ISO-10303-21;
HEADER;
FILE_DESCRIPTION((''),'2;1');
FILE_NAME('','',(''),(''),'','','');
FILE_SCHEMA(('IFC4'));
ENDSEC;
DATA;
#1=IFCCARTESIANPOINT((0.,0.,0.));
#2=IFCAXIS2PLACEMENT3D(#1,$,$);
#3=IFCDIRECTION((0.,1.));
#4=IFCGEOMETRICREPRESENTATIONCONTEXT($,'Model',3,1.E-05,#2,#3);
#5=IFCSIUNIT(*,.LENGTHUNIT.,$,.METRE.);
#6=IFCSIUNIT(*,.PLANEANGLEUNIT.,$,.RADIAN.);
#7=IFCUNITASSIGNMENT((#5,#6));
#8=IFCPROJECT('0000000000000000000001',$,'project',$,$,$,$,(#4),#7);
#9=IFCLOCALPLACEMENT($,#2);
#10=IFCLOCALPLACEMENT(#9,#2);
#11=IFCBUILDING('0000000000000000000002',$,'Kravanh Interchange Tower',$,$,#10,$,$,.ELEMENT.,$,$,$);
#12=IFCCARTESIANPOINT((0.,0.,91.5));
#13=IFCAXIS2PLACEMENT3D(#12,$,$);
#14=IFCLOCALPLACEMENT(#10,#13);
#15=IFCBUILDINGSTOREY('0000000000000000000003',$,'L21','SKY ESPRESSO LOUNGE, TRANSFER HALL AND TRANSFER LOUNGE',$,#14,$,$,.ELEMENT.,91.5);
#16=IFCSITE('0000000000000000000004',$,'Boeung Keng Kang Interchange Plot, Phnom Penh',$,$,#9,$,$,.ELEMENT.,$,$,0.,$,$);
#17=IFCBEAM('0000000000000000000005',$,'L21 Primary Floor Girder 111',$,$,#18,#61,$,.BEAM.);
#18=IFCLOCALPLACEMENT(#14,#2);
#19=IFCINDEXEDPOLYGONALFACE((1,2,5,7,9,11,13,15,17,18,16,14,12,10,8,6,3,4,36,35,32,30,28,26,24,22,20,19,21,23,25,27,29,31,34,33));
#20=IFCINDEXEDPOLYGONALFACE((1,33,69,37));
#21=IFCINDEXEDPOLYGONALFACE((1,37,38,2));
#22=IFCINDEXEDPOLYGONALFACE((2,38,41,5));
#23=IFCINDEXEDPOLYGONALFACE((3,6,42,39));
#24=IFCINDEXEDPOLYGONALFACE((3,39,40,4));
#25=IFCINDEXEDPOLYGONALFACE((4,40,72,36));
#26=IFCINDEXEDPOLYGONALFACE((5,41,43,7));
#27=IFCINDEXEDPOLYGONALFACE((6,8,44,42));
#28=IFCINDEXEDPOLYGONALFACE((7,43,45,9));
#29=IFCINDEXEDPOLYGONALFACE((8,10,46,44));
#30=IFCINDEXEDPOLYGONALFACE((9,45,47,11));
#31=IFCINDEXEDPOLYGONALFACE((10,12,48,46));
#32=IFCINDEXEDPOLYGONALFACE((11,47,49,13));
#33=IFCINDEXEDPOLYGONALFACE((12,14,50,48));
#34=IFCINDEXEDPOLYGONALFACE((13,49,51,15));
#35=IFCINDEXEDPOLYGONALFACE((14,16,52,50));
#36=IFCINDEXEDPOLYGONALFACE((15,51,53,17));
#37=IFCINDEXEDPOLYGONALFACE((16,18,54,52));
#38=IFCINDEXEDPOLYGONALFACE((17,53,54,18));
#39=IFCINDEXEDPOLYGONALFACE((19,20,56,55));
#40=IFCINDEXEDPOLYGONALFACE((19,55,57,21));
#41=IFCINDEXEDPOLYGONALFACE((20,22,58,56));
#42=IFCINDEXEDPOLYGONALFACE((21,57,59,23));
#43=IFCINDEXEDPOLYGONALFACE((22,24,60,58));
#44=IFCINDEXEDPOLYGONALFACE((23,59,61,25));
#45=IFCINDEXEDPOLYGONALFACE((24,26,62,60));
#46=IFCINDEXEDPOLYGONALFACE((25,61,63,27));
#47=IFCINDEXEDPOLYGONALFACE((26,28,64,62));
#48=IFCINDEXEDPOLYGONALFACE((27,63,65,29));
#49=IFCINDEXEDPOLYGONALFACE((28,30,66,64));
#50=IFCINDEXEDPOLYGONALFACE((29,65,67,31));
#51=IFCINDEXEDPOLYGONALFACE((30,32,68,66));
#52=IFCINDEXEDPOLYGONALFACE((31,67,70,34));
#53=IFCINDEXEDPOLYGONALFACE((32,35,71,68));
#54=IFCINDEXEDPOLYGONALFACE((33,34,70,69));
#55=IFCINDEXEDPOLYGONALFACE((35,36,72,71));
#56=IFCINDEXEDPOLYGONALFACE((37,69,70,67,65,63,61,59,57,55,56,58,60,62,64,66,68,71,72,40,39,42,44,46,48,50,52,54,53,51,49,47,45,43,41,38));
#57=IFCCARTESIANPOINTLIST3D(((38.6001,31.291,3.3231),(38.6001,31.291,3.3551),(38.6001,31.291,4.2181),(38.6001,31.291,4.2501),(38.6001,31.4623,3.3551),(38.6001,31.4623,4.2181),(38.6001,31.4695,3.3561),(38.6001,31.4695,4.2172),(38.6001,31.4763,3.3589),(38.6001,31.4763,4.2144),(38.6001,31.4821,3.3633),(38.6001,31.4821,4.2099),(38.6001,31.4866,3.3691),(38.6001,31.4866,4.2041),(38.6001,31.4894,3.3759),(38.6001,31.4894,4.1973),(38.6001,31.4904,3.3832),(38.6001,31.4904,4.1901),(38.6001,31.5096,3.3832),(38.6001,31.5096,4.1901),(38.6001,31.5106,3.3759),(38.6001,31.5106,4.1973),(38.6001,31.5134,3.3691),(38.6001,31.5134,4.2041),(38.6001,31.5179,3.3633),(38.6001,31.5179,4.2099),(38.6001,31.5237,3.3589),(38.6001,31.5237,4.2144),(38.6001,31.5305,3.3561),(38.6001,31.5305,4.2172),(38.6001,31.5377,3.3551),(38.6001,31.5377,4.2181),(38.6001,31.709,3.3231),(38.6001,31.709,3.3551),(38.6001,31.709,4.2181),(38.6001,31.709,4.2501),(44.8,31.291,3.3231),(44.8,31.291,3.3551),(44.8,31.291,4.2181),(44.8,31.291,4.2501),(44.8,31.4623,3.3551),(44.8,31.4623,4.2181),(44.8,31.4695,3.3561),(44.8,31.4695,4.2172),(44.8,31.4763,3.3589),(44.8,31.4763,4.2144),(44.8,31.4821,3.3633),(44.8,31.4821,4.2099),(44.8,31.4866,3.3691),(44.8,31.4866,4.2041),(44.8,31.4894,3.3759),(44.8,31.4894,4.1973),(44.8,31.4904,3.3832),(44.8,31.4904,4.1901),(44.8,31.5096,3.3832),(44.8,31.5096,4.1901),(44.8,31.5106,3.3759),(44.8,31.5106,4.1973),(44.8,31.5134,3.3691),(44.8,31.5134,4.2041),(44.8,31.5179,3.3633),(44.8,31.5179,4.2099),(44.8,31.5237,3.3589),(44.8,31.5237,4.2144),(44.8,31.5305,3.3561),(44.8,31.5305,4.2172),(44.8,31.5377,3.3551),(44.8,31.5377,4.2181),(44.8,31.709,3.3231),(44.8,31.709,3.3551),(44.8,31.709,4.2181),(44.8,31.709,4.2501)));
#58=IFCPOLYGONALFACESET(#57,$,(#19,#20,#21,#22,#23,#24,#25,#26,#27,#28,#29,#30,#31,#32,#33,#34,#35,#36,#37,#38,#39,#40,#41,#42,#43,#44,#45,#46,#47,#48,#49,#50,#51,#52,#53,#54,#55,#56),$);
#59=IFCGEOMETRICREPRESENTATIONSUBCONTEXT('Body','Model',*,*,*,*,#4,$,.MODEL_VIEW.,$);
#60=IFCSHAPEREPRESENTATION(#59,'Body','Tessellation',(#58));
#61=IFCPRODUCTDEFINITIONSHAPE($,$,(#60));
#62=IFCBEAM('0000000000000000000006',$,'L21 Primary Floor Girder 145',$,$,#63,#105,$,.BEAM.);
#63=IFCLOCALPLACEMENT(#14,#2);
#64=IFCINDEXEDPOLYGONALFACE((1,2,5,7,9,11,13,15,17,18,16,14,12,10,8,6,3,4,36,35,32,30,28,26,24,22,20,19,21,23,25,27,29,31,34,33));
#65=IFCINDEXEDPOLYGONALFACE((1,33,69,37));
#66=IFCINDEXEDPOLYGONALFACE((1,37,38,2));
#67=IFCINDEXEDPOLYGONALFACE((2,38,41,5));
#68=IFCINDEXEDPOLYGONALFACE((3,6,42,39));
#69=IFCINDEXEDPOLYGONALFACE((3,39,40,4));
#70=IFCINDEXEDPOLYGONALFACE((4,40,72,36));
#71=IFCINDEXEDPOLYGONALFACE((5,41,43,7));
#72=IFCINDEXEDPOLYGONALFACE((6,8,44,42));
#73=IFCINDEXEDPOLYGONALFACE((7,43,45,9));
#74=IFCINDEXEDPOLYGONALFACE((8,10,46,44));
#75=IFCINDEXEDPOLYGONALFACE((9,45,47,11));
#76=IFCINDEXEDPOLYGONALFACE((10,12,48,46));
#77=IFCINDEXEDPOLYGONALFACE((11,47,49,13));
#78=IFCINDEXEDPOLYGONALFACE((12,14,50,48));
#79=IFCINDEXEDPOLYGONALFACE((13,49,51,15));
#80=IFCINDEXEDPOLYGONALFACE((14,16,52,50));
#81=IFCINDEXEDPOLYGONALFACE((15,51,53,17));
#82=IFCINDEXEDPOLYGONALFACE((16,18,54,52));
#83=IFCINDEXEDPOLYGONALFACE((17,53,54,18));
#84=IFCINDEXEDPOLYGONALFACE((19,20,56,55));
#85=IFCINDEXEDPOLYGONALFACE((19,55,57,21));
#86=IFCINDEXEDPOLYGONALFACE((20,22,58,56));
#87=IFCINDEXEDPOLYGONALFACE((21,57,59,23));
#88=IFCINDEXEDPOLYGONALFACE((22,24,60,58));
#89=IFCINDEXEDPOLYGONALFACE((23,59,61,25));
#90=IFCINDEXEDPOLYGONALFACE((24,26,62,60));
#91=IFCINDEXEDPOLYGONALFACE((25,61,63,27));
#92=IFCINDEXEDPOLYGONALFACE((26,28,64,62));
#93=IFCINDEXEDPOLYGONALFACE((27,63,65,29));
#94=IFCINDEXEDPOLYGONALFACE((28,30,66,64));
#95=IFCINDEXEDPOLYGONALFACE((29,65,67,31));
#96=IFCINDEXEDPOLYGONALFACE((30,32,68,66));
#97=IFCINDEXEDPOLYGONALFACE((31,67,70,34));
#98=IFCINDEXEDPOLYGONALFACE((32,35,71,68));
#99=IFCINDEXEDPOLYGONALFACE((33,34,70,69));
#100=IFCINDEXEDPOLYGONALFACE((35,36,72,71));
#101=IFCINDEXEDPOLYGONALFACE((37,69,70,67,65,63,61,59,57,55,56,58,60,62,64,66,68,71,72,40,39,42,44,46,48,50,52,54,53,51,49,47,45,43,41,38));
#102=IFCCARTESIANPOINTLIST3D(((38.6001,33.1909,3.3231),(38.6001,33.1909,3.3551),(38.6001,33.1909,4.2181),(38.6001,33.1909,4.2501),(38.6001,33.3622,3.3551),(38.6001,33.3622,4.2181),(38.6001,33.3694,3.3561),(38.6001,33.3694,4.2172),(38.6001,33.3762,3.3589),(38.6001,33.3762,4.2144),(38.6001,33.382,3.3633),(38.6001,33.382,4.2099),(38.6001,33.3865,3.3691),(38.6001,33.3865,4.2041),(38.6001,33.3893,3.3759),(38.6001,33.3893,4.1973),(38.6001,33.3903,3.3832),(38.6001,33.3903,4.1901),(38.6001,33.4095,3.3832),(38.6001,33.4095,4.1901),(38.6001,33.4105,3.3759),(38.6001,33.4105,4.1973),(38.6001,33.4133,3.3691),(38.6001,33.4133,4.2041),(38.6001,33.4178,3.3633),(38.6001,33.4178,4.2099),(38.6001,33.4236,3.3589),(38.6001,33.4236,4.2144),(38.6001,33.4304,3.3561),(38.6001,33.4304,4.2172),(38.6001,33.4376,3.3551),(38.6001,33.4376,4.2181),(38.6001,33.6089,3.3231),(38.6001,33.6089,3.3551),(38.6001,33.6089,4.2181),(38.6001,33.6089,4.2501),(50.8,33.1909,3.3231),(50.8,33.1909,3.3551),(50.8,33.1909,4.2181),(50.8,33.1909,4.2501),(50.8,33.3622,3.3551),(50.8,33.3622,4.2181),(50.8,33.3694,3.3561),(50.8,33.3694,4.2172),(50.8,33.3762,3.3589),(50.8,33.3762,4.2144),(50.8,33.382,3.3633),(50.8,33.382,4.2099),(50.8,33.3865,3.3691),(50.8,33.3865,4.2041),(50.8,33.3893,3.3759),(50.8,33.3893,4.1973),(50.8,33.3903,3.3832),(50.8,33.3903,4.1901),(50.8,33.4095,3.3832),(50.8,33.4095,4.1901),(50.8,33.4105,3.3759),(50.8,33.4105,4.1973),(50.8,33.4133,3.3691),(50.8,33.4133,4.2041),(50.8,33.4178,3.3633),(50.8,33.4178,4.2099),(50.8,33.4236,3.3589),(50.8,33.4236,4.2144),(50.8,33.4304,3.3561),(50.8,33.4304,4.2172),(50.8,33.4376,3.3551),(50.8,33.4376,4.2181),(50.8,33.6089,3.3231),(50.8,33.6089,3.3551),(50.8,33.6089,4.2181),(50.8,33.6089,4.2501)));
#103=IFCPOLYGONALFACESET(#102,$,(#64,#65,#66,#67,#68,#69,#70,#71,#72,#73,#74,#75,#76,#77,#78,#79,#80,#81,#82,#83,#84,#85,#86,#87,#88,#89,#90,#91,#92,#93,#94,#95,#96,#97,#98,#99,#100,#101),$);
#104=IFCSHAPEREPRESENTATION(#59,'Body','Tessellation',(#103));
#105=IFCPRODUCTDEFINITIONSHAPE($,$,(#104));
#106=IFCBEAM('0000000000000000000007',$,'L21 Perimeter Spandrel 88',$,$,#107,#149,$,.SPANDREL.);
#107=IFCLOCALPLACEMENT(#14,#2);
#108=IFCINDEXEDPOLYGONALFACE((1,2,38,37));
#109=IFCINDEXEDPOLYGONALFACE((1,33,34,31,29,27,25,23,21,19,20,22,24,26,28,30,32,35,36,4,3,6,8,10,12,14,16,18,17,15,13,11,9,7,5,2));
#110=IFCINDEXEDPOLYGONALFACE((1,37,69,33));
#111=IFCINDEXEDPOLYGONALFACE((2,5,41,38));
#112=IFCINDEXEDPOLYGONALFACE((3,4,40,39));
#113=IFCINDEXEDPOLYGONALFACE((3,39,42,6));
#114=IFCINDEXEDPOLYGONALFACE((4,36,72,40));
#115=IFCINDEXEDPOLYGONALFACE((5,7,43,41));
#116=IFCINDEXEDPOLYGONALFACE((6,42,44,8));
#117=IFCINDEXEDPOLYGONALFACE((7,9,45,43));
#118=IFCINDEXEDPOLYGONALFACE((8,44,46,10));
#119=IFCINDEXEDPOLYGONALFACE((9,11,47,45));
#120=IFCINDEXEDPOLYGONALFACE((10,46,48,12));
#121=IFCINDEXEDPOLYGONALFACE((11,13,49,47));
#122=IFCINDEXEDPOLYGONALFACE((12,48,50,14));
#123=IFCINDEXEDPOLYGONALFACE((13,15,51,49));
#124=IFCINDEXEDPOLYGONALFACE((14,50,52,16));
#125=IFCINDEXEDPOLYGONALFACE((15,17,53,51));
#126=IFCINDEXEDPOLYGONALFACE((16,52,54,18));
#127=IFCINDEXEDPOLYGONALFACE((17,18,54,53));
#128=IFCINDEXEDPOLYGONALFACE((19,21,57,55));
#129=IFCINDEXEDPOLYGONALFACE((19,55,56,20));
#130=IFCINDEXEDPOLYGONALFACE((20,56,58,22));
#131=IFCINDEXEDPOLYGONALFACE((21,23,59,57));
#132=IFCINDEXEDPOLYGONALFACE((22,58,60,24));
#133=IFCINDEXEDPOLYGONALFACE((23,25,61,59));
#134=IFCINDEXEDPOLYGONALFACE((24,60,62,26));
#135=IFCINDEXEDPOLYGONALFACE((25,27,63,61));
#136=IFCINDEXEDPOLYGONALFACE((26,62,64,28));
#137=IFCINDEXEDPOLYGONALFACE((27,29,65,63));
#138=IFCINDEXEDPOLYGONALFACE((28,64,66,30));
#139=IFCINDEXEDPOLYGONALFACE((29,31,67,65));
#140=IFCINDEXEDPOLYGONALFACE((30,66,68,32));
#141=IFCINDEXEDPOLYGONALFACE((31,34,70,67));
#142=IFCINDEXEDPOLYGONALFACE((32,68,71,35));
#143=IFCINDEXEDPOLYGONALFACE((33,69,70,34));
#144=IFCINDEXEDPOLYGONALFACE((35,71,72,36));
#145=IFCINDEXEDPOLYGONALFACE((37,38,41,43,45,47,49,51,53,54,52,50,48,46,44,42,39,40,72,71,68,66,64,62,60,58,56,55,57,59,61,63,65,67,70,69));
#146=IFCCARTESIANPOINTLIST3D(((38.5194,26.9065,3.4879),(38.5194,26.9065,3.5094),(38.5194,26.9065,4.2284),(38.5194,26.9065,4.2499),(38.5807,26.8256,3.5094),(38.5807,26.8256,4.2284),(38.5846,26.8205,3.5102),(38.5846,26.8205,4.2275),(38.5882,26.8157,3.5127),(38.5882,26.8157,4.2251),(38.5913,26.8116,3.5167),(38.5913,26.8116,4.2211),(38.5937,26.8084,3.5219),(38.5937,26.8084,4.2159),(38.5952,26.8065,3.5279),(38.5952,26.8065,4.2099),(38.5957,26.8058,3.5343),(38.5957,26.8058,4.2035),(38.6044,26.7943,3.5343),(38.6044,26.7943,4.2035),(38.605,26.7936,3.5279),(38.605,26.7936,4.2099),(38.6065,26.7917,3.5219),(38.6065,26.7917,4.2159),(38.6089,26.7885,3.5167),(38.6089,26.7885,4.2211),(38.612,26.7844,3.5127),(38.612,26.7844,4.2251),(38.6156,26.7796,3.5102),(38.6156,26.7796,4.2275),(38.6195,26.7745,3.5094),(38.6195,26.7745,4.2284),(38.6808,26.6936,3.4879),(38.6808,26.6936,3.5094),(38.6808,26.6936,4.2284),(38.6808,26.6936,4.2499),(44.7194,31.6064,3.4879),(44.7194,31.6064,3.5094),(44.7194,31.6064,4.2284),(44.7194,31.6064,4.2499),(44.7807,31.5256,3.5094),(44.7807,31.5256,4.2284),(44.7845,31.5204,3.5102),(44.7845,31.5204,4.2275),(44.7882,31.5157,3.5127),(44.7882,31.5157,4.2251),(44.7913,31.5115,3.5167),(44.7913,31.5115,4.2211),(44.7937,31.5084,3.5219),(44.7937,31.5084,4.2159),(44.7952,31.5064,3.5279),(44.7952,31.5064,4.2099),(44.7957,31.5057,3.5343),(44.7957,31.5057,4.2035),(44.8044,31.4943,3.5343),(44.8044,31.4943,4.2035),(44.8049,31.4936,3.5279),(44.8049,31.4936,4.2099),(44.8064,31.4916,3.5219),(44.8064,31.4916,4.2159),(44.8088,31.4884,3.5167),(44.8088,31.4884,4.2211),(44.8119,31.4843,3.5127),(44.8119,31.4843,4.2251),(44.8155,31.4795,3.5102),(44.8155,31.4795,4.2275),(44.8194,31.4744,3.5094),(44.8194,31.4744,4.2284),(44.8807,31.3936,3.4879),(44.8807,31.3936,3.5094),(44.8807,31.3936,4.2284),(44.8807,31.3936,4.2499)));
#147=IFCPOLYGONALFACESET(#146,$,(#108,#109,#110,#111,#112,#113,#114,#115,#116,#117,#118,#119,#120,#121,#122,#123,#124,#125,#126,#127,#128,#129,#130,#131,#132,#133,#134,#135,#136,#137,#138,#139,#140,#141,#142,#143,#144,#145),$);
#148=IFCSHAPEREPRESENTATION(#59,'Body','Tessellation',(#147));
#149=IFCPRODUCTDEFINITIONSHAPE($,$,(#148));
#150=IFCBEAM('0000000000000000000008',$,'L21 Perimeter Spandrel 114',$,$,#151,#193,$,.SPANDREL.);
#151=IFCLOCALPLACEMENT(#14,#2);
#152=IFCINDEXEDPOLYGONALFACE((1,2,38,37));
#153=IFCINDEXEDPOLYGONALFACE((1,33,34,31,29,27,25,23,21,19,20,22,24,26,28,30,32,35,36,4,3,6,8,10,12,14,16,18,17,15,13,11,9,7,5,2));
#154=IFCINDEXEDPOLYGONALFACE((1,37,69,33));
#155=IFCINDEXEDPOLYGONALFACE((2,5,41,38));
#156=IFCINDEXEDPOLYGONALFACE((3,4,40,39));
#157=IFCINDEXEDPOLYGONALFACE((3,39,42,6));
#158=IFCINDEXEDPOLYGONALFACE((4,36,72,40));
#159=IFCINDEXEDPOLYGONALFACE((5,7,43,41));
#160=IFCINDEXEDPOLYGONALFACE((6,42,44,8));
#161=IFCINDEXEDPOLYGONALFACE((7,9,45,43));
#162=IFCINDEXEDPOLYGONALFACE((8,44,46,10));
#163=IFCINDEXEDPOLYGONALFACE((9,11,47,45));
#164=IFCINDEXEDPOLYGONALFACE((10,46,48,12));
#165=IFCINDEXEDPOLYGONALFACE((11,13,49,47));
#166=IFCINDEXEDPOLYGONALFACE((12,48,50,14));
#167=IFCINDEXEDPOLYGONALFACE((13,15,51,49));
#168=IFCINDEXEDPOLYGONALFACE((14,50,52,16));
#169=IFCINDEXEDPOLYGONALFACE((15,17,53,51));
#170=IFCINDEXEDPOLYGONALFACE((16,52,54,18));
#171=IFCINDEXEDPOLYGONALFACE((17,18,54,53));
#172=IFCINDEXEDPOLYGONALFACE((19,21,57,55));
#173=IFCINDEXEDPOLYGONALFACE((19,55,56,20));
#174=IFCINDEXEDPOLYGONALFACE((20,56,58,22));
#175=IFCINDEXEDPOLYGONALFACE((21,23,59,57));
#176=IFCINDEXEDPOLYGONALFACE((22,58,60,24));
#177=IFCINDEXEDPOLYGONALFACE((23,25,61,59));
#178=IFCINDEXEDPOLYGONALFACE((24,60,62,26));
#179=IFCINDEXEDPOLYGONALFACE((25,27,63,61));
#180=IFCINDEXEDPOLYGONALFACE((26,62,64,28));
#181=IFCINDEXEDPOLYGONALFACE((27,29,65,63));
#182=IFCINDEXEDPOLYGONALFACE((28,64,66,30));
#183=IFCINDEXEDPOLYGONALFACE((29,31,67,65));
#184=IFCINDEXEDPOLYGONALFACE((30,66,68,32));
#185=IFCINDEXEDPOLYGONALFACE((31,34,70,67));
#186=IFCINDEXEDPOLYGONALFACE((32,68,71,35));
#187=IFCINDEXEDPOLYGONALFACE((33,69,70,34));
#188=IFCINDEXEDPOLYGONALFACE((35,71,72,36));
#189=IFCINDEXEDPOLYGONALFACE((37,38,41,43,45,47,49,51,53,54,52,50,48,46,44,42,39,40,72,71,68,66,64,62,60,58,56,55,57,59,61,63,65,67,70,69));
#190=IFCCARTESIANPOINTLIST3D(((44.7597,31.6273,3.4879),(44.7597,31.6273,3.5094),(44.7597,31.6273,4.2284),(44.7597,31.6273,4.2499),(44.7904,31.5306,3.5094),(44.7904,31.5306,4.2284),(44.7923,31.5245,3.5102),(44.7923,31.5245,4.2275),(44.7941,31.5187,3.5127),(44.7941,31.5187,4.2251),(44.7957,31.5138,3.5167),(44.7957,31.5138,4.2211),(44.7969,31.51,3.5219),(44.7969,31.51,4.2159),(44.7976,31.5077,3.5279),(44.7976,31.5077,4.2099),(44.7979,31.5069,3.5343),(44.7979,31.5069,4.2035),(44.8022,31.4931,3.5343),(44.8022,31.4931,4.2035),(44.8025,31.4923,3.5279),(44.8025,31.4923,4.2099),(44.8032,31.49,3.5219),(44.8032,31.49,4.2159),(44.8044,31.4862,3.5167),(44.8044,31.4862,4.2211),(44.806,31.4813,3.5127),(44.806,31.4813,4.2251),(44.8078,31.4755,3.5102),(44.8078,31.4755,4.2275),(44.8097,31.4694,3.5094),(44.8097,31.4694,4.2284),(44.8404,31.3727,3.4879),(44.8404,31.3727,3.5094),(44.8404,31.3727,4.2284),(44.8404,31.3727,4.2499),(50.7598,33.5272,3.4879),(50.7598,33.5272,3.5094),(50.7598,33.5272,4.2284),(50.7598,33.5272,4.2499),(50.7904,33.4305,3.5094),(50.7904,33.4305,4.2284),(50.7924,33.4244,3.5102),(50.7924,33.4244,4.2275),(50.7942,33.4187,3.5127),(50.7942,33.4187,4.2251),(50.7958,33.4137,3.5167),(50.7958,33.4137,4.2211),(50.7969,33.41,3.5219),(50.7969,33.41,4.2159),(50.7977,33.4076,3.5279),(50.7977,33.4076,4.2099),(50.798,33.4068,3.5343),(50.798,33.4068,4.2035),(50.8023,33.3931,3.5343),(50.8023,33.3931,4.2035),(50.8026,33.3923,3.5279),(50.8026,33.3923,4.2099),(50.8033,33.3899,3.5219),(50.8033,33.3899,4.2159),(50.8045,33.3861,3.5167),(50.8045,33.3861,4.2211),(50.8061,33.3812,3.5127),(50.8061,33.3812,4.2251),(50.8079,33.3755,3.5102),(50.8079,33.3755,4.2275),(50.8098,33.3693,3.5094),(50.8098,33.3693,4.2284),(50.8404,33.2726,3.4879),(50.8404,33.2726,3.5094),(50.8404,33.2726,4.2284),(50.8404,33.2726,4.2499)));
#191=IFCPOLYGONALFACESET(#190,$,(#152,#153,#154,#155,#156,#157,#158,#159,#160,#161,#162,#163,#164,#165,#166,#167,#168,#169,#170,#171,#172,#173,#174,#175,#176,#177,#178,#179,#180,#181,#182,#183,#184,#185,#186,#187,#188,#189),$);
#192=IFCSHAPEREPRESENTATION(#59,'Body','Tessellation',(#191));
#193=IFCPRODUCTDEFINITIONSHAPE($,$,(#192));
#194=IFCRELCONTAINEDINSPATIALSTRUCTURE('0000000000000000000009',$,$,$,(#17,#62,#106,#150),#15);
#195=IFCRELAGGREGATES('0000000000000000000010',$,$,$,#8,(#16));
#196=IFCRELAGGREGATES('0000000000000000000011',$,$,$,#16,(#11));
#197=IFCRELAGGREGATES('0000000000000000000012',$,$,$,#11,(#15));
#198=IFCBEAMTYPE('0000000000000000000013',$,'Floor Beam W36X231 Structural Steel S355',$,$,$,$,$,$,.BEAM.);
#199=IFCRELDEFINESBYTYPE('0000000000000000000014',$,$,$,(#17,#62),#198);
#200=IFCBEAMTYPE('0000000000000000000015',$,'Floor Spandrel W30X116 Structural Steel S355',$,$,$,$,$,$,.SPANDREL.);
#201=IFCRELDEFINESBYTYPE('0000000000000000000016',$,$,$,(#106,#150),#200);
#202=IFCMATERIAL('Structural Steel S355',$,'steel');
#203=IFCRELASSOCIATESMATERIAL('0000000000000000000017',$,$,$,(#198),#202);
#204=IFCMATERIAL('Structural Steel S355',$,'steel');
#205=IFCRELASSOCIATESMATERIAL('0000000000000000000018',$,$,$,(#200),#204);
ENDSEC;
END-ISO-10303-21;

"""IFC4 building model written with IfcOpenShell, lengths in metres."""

from ifc_helpers import new_model, si_unit, direction, frame, origin, origin_2d, place, context, subcontext, project, spatial, i_section, extrude, material, material_profile, profile_set, type_object, element, save


model = new_model("IFC4")

# Units and contexts
model_context = context("Model", 3, precision=1e-05, world=origin(), true_north=direction((0.0, 1.0)))
body_context = subcontext(model_context, "Body", "Model", "MODEL_VIEW")
ifc_project = project(units=[si_unit("LENGTHUNIT", "METRE"), si_unit("PLANEANGLEUNIT", "RADIAN")], contexts=[model_context])

# Site, building, storey
site_placement = place(None, origin())
site = spatial("IfcSite", under=ifc_project, at=site_placement, Name="Boeung Keng Kang Interchange Plot, Phnom Penh", CompositionType="ELEMENT", RefElevation=0.0)
building_placement = place(site_placement, origin())
building = spatial("IfcBuilding", under=site, at=building_placement, Name="Kravanh Interchange Tower", CompositionType="ELEMENT")
storey_placement = place(building_placement, frame((0.0, 0.0, 91.5)))
storey = spatial("IfcBuildingStorey", under=building, at=storey_placement, Name="L21", Description="SKY ESPRESSO LOUNGE, TRANSFER HALL AND TRANSFER LOUNGE", CompositionType="ELEMENT", Elevation=91.5)

# Beams
ifc_material_1 = material(Name="Structural Steel S355", Category="steel")
ifc_material_profile_1 = material_profile(ifc_material_1, i_section(OverallWidth=0.418, OverallDepth=0.927, WebThickness=0.0193, FlangeThickness=0.032, FilletRadius=0.0281, at=origin_2d()), Name="W36X231")
ifc_profile_set_1 = profile_set([ifc_material_profile_1], Name="Structural Steel S355")
beam_type_1 = type_object("IfcBeamType", Name="Floor Beam W36X231 Structural Steel S355", PredefinedType="BEAM", material=ifc_profile_set_1)
beam_1_placement = place(storey_placement, frame((38.6001, 31.5, 3.7866), z_axis=(1.0, 0.0, 0.0), x_axis=(0.0, 1.0, 0.0)))
element("IfcBeam", 1, at=beam_1_placement, inside=storey, type_object=beam_type_1, Name="L21 Primary Floor Girder 111", PredefinedType="BEAM", context=body_context, shape_type="SweptSolid", body=[
    extrude(i_section(OverallWidth=0.418, OverallDepth=0.927, WebThickness=0.0193, FlangeThickness=0.032, FilletRadius=0.0281, at=origin_2d()), origin(), (0.0, 0.0, 1.0), 6.2),
])
beam_2_placement = place(storey_placement, frame((38.6001, 33.3999, 3.7866), z_axis=(1.0, 0.0, 0.0), x_axis=(0.0, 1.0, 0.0)))
element("IfcBeam", 2, at=beam_2_placement, inside=storey, type_object=beam_type_1, Name="L21 Primary Floor Girder 145", PredefinedType="BEAM", context=body_context, shape_type="SweptSolid", body=[
    extrude(i_section(OverallWidth=0.418, OverallDepth=0.927, WebThickness=0.0193, FlangeThickness=0.032, FilletRadius=0.0281, at=origin_2d()), origin(), (0.0, 0.0, 1.0), 12.2),
])
ifc_material_2 = material(Name="Structural Steel S355", Category="steel")
ifc_material_profile_2 = material_profile(ifc_material_2, i_section(OverallWidth=0.2671, OverallDepth=0.762, WebThickness=0.0144, FlangeThickness=0.0215, FilletRadius=0.0249, at=origin_2d()), Name="W30X116")
ifc_profile_set_2 = profile_set([ifc_material_profile_2], Name="Structural Steel S355")
beam_type_2 = type_object("IfcBeamType", Name="Floor Spandrel W30X116 Structural Steel S355", PredefinedType="SPANDREL", material=ifc_profile_set_2)
beam_3_placement = place(storey_placement, frame((38.6001, 26.8, 3.8689), z_axis=(0.796905, 0.604104, 0.0), x_axis=(-0.604104, 0.796905, 0.0)))
element("IfcBeam", 3, at=beam_3_placement, inside=storey, type_object=beam_type_2, Name="L21 Perimeter Spandrel 88", PredefinedType="SPANDREL", context=body_context, shape_type="SweptSolid", body=[
    extrude(i_section(OverallWidth=0.2671, OverallDepth=0.762, WebThickness=0.0144, FlangeThickness=0.0215, FilletRadius=0.0249, at=origin_2d()), origin(), (0.0, 0.0, 1.0), 7.78),
])
beam_4_placement = place(storey_placement, frame((44.8, 31.5, 3.8689), z_axis=(0.953347, 0.301878, 0.0), x_axis=(-0.301878, 0.953347, 0.0)))
element("IfcBeam", 4, at=beam_4_placement, inside=storey, type_object=beam_type_2, Name="L21 Perimeter Spandrel 114", PredefinedType="SPANDREL", context=body_context, shape_type="SweptSolid", body=[
    extrude(i_section(OverallWidth=0.2671, OverallDepth=0.762, WebThickness=0.0144, FlangeThickness=0.0215, FilletRadius=0.0249, at=origin_2d()), origin(), (0.0, 0.0, 1.0), 6.2937),
])

save(model, "model.ifc")
